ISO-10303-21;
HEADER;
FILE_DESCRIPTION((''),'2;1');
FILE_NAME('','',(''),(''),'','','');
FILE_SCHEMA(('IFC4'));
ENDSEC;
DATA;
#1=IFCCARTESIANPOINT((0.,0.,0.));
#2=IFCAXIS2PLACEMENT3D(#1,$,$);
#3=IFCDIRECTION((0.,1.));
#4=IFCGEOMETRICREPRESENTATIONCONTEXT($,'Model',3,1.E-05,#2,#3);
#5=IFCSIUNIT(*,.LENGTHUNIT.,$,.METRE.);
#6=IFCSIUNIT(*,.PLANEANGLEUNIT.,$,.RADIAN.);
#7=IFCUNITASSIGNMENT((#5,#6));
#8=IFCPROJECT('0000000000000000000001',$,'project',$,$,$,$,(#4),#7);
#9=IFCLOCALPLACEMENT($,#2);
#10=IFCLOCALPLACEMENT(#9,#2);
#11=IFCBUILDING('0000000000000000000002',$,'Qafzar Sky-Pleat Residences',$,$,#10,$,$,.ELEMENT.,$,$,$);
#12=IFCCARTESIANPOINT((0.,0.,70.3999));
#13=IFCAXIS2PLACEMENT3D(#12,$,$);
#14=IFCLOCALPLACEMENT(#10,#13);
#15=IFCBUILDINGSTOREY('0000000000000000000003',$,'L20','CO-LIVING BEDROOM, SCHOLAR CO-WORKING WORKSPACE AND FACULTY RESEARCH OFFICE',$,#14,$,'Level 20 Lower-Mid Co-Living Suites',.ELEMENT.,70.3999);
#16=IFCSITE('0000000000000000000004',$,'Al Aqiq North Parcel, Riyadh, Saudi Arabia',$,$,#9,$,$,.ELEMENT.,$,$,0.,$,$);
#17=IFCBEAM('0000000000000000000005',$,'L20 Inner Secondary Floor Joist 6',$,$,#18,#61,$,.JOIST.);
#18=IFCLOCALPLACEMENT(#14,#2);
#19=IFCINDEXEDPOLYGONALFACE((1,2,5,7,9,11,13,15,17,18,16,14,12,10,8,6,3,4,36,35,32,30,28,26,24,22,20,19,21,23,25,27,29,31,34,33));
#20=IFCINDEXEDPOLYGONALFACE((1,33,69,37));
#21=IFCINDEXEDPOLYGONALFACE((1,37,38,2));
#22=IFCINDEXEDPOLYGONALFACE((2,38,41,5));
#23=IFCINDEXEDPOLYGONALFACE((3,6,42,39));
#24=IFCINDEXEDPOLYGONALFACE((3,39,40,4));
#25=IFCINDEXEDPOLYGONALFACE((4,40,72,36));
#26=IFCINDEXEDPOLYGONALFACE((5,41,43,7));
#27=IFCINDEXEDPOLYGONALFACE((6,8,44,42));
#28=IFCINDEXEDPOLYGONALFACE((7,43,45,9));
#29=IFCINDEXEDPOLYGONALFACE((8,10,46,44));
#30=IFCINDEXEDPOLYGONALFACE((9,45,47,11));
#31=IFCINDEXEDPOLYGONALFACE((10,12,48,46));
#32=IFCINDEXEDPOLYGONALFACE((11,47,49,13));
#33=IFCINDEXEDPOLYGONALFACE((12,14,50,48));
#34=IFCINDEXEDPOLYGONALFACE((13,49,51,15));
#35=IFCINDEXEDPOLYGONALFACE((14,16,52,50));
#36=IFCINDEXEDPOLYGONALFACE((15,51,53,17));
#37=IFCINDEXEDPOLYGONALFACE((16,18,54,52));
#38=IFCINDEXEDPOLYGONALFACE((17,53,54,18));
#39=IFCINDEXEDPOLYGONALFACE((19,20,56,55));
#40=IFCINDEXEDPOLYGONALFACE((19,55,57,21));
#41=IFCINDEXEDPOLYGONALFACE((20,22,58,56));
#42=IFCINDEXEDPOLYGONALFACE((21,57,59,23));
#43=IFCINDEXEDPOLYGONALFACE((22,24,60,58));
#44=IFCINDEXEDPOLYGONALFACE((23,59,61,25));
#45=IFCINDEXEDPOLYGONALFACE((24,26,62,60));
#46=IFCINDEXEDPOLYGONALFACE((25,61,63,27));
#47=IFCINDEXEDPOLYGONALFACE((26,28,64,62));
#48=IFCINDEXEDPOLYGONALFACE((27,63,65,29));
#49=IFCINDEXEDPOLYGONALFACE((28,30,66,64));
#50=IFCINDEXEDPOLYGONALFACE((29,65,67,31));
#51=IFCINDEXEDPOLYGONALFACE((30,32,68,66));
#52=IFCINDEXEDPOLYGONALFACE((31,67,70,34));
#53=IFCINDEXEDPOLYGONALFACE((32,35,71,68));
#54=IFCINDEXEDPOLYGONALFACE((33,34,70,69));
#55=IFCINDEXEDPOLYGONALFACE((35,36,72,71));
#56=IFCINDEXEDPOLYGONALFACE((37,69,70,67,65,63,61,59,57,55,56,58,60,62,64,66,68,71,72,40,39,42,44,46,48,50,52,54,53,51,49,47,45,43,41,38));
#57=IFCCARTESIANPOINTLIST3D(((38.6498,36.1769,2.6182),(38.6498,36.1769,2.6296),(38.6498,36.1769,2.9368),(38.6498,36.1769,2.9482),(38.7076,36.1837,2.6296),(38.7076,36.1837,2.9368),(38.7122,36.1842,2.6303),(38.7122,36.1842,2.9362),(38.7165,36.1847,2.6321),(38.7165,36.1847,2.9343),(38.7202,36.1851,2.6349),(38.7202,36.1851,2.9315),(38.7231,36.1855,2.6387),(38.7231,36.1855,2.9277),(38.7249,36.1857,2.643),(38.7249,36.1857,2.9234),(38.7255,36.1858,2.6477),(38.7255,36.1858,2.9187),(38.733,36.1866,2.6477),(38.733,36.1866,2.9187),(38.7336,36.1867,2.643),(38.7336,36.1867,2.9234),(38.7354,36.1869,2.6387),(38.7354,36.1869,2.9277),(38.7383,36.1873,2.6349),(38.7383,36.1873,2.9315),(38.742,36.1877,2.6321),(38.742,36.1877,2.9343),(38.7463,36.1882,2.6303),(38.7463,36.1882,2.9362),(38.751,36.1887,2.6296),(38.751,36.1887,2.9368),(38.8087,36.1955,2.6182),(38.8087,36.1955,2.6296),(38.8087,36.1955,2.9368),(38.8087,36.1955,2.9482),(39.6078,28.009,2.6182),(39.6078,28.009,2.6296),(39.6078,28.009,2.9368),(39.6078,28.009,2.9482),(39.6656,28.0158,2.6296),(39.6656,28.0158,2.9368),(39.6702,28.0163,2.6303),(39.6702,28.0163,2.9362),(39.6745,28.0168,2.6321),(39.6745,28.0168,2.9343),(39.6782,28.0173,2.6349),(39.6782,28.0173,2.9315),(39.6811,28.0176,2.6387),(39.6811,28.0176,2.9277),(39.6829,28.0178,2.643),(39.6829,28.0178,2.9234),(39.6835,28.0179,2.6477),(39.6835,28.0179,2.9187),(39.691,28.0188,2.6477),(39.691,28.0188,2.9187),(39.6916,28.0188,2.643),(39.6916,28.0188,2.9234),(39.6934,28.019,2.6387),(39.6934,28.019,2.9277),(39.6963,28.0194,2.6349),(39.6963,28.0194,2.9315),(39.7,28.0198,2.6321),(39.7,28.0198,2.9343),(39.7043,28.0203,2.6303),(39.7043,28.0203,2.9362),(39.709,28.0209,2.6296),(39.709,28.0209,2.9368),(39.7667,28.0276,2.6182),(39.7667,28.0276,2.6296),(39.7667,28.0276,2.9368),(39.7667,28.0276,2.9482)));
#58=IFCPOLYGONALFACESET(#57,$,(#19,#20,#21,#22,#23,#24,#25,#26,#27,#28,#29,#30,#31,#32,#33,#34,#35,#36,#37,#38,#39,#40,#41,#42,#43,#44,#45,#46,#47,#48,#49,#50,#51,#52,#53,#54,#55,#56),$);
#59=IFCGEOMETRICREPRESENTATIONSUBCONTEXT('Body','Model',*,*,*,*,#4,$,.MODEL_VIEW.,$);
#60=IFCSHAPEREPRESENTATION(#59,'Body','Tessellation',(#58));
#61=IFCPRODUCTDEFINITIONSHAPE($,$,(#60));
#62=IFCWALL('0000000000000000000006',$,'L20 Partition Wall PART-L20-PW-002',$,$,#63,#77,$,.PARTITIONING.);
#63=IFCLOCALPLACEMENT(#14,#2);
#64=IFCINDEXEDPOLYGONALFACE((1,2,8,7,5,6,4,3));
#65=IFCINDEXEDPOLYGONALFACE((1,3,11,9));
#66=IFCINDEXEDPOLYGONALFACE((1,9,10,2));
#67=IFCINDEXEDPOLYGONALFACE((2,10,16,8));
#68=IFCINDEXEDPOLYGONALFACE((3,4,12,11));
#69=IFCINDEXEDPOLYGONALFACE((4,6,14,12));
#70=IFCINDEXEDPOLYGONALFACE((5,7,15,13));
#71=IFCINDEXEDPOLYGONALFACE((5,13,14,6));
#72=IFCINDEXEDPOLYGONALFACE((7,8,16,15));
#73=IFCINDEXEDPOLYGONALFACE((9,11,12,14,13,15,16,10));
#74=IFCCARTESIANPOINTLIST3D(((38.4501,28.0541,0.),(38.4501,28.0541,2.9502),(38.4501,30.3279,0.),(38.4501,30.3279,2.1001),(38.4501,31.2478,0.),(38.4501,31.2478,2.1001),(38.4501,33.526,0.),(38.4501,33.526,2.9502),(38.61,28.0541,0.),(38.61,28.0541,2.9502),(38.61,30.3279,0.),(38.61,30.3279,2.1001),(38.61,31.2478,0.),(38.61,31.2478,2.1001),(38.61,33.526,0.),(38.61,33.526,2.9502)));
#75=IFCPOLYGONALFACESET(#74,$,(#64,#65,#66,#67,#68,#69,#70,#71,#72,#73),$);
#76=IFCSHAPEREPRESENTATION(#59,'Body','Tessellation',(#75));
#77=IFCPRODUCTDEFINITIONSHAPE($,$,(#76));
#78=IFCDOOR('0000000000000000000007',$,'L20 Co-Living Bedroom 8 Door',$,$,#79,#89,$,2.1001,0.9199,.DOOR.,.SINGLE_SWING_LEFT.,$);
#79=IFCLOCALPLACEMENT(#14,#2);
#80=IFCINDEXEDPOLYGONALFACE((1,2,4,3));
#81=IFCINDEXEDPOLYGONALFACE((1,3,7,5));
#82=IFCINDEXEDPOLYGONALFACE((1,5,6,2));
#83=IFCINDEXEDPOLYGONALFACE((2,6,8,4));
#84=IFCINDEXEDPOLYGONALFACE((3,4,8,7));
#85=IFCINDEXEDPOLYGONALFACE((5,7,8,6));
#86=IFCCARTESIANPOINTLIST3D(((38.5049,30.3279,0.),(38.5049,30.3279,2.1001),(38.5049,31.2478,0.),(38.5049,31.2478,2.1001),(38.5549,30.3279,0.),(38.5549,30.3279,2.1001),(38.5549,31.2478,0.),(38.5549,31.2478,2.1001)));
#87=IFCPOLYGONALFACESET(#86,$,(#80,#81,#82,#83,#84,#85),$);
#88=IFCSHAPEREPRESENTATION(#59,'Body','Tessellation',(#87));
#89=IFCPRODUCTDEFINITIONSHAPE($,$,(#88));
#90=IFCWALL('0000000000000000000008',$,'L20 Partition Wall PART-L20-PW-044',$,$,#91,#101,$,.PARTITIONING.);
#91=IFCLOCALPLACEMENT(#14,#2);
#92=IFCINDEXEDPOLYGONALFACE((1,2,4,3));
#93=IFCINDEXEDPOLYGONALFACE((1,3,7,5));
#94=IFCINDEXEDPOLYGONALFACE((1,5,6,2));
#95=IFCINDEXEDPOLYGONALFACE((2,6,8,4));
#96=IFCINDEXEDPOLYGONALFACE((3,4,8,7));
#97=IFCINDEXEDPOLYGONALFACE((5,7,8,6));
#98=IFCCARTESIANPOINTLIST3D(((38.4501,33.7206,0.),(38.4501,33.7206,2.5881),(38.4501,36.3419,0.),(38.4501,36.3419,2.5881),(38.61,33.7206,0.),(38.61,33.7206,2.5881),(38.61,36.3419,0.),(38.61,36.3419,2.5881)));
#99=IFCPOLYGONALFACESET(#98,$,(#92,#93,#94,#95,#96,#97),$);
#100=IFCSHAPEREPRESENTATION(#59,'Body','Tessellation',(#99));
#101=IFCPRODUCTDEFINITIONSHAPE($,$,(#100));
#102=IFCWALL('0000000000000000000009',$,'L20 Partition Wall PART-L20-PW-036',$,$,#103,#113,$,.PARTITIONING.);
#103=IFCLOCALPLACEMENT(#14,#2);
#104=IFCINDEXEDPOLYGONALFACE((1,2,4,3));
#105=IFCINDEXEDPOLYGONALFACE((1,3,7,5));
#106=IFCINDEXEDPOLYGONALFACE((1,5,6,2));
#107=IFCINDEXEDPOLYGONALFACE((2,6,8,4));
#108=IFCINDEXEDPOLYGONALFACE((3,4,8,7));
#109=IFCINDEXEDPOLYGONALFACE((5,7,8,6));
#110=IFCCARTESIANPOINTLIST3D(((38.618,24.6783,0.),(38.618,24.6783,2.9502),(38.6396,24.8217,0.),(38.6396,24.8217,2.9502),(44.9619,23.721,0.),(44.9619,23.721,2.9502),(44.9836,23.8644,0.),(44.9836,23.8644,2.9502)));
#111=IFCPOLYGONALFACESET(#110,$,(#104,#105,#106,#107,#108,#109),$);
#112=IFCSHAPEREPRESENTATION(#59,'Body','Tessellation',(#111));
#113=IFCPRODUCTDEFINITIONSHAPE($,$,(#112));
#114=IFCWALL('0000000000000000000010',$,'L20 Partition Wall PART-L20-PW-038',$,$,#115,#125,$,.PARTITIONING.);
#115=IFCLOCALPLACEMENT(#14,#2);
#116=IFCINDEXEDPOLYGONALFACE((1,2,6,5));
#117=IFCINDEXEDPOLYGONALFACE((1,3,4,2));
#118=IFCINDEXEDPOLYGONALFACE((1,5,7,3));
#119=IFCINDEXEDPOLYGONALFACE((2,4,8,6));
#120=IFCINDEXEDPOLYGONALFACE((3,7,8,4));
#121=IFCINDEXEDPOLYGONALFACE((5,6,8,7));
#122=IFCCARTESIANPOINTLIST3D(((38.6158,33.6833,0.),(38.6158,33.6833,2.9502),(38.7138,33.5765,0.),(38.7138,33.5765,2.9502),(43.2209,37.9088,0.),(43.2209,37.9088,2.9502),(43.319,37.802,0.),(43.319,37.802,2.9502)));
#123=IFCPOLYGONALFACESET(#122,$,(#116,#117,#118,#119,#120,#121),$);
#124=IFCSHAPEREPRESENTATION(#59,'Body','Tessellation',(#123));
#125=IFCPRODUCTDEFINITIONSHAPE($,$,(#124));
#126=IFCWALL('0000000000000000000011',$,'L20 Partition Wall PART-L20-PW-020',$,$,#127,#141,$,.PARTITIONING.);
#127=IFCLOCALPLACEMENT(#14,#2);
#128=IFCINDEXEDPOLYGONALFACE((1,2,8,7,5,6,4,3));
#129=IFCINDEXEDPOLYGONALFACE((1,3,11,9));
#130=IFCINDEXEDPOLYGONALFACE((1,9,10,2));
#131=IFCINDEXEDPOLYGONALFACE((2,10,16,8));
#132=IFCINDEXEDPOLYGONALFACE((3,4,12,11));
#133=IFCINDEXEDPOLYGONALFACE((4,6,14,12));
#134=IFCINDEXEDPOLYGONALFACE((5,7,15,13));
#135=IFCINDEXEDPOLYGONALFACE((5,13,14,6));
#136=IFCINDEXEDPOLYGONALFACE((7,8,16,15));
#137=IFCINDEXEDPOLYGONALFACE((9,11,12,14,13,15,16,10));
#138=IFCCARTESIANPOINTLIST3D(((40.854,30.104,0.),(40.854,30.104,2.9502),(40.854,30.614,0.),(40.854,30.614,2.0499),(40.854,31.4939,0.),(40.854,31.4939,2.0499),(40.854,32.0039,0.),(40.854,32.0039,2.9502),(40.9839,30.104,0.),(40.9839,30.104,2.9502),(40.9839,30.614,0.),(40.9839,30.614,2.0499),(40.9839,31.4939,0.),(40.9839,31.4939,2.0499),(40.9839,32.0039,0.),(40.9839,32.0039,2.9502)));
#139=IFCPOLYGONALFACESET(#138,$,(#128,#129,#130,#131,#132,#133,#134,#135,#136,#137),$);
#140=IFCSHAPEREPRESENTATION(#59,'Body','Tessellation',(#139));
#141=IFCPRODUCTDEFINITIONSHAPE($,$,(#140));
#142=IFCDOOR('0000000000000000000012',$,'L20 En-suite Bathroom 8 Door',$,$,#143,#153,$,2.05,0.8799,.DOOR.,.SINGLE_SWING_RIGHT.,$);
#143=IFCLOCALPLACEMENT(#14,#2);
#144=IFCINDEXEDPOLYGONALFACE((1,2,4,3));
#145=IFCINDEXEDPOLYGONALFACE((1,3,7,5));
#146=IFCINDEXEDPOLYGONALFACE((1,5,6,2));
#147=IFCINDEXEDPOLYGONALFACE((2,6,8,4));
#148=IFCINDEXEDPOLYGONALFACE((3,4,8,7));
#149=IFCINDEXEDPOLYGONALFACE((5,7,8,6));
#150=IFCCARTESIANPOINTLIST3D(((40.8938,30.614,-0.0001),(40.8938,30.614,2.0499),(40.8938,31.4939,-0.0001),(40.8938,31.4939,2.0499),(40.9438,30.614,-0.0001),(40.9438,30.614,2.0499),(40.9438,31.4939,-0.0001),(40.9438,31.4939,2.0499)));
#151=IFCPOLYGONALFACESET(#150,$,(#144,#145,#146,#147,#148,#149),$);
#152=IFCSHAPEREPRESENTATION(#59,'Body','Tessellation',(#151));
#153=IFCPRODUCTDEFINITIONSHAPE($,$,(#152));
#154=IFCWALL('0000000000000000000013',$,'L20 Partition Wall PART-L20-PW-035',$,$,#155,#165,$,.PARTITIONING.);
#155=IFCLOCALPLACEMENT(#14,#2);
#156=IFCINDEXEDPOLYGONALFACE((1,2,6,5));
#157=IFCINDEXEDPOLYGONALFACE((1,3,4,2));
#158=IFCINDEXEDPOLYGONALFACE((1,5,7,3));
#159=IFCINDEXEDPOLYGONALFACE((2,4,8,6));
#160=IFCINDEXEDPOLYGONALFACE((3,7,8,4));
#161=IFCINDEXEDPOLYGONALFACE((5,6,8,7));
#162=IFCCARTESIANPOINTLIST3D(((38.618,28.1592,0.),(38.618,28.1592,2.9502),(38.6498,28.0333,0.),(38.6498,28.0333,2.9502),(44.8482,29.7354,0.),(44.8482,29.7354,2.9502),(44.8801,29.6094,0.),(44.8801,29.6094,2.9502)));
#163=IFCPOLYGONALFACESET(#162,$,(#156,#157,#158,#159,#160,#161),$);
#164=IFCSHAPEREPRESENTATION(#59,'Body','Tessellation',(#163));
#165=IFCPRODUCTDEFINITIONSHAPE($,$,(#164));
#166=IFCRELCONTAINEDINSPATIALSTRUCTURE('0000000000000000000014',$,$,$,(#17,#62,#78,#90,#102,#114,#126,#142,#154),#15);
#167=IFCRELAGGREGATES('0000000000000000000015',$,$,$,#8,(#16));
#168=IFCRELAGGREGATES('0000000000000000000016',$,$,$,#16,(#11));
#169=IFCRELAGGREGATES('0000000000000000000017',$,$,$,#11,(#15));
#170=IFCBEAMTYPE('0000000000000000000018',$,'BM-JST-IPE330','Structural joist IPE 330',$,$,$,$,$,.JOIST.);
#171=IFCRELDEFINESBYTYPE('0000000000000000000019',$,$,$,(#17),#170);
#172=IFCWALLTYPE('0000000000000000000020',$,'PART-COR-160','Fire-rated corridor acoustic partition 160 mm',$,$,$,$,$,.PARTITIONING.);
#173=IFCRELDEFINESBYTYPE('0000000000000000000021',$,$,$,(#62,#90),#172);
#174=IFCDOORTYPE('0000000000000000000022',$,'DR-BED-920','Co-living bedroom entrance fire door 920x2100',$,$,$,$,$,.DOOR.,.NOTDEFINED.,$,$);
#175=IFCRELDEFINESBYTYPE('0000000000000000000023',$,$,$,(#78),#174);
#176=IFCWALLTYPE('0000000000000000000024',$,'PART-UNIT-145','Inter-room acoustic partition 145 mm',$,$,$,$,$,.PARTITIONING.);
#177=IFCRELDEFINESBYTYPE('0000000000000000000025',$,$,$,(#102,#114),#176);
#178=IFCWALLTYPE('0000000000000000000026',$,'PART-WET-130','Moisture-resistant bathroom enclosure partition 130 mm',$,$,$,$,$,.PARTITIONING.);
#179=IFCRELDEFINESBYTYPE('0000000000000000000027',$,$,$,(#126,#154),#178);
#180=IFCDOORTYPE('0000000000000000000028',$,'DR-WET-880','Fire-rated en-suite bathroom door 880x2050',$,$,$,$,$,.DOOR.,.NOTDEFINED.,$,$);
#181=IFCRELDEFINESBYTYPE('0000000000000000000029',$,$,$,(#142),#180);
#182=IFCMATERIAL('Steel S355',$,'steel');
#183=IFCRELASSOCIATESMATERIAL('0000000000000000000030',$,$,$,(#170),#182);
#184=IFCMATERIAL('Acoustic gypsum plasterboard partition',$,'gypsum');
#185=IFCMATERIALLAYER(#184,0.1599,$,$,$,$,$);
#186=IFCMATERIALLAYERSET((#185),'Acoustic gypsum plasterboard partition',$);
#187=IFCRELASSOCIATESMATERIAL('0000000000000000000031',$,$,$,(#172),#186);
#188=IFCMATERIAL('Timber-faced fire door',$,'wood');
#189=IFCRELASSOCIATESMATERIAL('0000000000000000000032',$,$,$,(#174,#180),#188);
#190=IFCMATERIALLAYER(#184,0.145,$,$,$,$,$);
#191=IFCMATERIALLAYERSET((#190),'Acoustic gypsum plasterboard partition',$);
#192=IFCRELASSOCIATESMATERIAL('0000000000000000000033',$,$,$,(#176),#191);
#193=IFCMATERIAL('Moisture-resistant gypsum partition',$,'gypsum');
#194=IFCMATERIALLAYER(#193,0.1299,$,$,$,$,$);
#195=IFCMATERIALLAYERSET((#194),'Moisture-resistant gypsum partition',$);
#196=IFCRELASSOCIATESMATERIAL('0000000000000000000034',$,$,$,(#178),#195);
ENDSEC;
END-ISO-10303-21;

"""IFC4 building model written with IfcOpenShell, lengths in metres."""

from ifc_helpers import new_model, si_unit, direction, frame, frame_2d, origin, origin_2d, place, context, subcontext, project, spatial, rectangle, i_section, extrude, source, transform, mapped, material, layer, layer_set, material_profile, profile_set, type_object, element, fill, save


model = new_model("IFC4")

# Units and contexts
model_context = context("Model", 3, precision=1e-05, world=origin(), true_north=direction((0.0, 1.0)))
body_context = subcontext(model_context, "Body", "Model", "MODEL_VIEW")
ifc_project = project(units=[si_unit("LENGTHUNIT", "METRE"), si_unit("PLANEANGLEUNIT", "RADIAN")], contexts=[model_context])

# Site, building, storey
site_placement = place(None, origin())
site = spatial("IfcSite", under=ifc_project, at=site_placement, Name="Al Aqiq North Parcel, Riyadh, Saudi Arabia", CompositionType="ELEMENT", RefElevation=0.0)
building_placement = place(site_placement, origin())
building = spatial("IfcBuilding", under=site, at=building_placement, Name="Qafzar Sky-Pleat Residences", CompositionType="ELEMENT")
storey_placement = place(building_placement, frame((0.0, 0.0, 70.3999)))
storey = spatial("IfcBuildingStorey", under=building, at=storey_placement, Name="L20", Description="CO-LIVING BEDROOM, SCHOLAR CO-WORKING WORKSPACE AND FACULTY RESEARCH OFFICE", LongName="Level 20 Lower-Mid Co-Living Suites", CompositionType="ELEMENT", Elevation=70.3999)

# Beam
ifc_material_1 = material(Name="Steel S355", Category="steel")
ifc_material_profile_1 = material_profile(ifc_material_1, i_section(OverallWidth=0.1599, OverallDepth=0.3301, WebThickness=0.0076, FlangeThickness=0.0115, FilletRadius=0.0181, at=origin_2d()), Name="IPE 330")
ifc_profile_set_1 = profile_set([ifc_material_profile_1], Name="Steel S355")
beam_type_1 = type_object("IfcBeamType", Name="BM-JST-IPE330", Description="Structural joist IPE 330", PredefinedType="JOIST", material=ifc_profile_set_1)
shared_shape_1 = source(origin(), body_context, "Body", "SweptSolid", [
    extrude(i_section(OverallWidth=0.1599, OverallDepth=0.3301, WebThickness=0.0076, FlangeThickness=0.0115, FilletRadius=0.0181, at=origin_2d()), origin(), (0.0, 0.0, 1.0), 8.2239),
])
beam_1_placement = place(storey_placement, frame((39.6873, 28.0183, 2.7832), z_axis=(-0.11649, 0.993192, 0.0), x_axis=(-0.993192, -0.11649, 0.0)))
element("IfcBeam", 1, at=beam_1_placement, inside=storey, type_object=beam_type_1, Name="L20 Inner Secondary Floor Joist 6", PredefinedType="JOIST", context=body_context, shape_type="MappedRepresentation", body=[
    mapped(shared_shape_1, transform((0.0, 0.0, 0.0), x_axis=(1.0, 0.0, 0.0), y_axis=(0.0, 1.0, 0.0), z_axis=(0.0, 0.0, 1.0), scale=1.0)),
])

# Wall, opening, door
ifc_material_2 = material(Name="Acoustic gypsum plasterboard partition", Category="gypsum")
ifc_layer_1 = layer(ifc_material_2, 0.1599)
ifc_layer_set_1 = layer_set([ifc_layer_1], Name="Acoustic gypsum plasterboard partition")
wall_type_1 = type_object("IfcWallType", Name="PART-COR-160", Description="Fire-rated corridor acoustic partition 160 mm", PredefinedType="PARTITIONING", material=ifc_layer_set_1)
wall_1_placement = place(storey_placement, frame((38.53, 33.5259, 0.0), z_axis=(0.0, 0.0, 1.0), x_axis=(0.0, -1.0, 0.0)))
wall_1 = element("IfcWall", 2, at=wall_1_placement, inside=storey, type_object=wall_type_1, Name="L20 Partition Wall PART-L20-PW-002", PredefinedType="PARTITIONING", context=body_context, shape_type="SweptSolid", body=[
    extrude(rectangle(XDim=5.4719, YDim=0.1599, at=frame_2d((2.7358, 0.0))), origin(), (0.0, 0.0, 1.0), 2.9502),
])
opening_1_placement = place(wall_1_placement, frame((2.2781, 0.0, 0.0)))
opening_1 = element("IfcOpeningElement", 3, at=opening_1_placement, cuts=wall_1, PredefinedType="OPENING", context=body_context, shape_type="SweptSolid", body=[
    extrude(rectangle(XDim=0.9199, YDim=2.1001, at=frame_2d((0.46, 1.05))), frame((0.0, 0.0898, 0.0), z_axis=(0.0, -1.0, 0.0), x_axis=(1.0, 0.0, 0.0)), (0.0, 0.0, 1.0), 0.1799),
])
ifc_material_3 = material(Name="Timber-faced fire door", Category="wood")
door_type_1 = type_object("IfcDoorType", Name="DR-BED-920", Description="Co-living bedroom entrance fire door 920x2100", OperationType="NOTDEFINED", PredefinedType="DOOR", material=ifc_material_3)
shared_shape_2 = source(origin(), body_context, "Body", "SweptSolid", [
    extrude(rectangle(XDim=0.9199, YDim=2.1001, at=frame_2d((0.46, 1.05))), frame((0.0, 0.0249, 0.0), z_axis=(0.0, -1.0, 0.0), x_axis=(1.0, 0.0, 0.0)), (0.0, 0.0, 1.0), 0.05),
])
door_1_placement = place(opening_1_placement, origin())
door_1 = element("IfcDoor", 4, at=door_1_placement, inside=storey, type_object=door_type_1, Name="L20 Co-Living Bedroom 8 Door", OperationType="SINGLE_SWING_LEFT", OverallHeight=2.1001, OverallWidth=0.9199, PredefinedType="DOOR", context=body_context, shape_type="MappedRepresentation", body=[
    mapped(shared_shape_2, transform((0.0, 0.0, 0.0), x_axis=(1.0, 0.0, 0.0), y_axis=(0.0, 1.0, 0.0), z_axis=(0.0, 0.0, 1.0), scale=1.0)),
])
fill(opening_1, door_1)

# Walls
wall_2_placement = place(storey_placement, frame((38.53, 33.7207, 0.0), z_axis=(0.0, 0.0, 1.0), x_axis=(0.0, 1.0, 0.0)))
element("IfcWall", 5, at=wall_2_placement, inside=storey, type_object=wall_type_1, Name="L20 Partition Wall PART-L20-PW-044", PredefinedType="PARTITIONING", context=body_context, shape_type="SweptSolid", body=[
    extrude(rectangle(XDim=2.6213, YDim=0.1599, at=frame_2d((1.3105, 0.0))), origin(), (0.0, 0.0, 1.0), 2.5881),
])
ifc_layer_2 = layer(ifc_material_2, 0.145)
ifc_layer_set_2 = layer_set([ifc_layer_2], Name="Acoustic gypsum plasterboard partition")
wall_type_2 = type_object("IfcWallType", Name="PART-UNIT-145", Description="Inter-room acoustic partition 145 mm", PredefinedType="PARTITIONING", material=ifc_layer_set_2)
wall_3_placement = place(storey_placement, frame((38.6287, 24.75, 0.0), z_axis=(0.0, 0.0, 1.0), x_axis=(0.988806, -0.149206, 0.0)))
element("IfcWall", 6, at=wall_3_placement, inside=storey, type_object=wall_type_2, Name="L20 Partition Wall PART-L20-PW-036", PredefinedType="PARTITIONING", context=body_context, shape_type="SweptSolid", body=[
    extrude(rectangle(XDim=6.4158, YDim=0.145, at=frame_2d((3.208, 0.0))), origin(), (0.0, 0.0, 1.0), 2.9502),
])
wall_4_placement = place(storey_placement, frame((38.6648, 33.6299, 0.0), z_axis=(0.0, 0.0, 1.0), x_axis=(0.736825, 0.676084, 0.0)))
element("IfcWall", 7, at=wall_4_placement, inside=storey, type_object=wall_type_2, Name="L20 Partition Wall PART-L20-PW-038", PredefinedType="PARTITIONING", context=body_context, shape_type="SweptSolid", body=[
    extrude(rectangle(XDim=6.25, YDim=0.145, at=frame_2d((3.125, 0.0))), origin(), (0.0, 0.0, 1.0), 2.9502),
])

# Wall, opening, door
ifc_material_4 = material(Name="Moisture-resistant gypsum partition", Category="gypsum")
ifc_layer_3 = layer(ifc_material_4, 0.1299)
ifc_layer_set_3 = layer_set([ifc_layer_3], Name="Moisture-resistant gypsum partition")
wall_type_3 = type_object("IfcWallType", Name="PART-WET-130", Description="Moisture-resistant bathroom enclosure partition 130 mm", PredefinedType="PARTITIONING", material=ifc_layer_set_3)
wall_5_placement = place(storey_placement, frame((40.9189, 32.0039, 0.0), z_axis=(0.0, 0.0, 1.0), x_axis=(0.0, -1.0, 0.0)))
wall_5 = element("IfcWall", 8, at=wall_5_placement, inside=storey, type_object=wall_type_3, Name="L20 Partition Wall PART-L20-PW-020", PredefinedType="PARTITIONING", context=body_context, shape_type="SweptSolid", body=[
    extrude(rectangle(XDim=1.8999, YDim=0.1299, at=frame_2d((0.95, 0.0))), origin(), (0.0, 0.0, 1.0), 2.9502),
])
opening_2_placement = place(wall_5_placement, frame((0.51, 0.0, 0.0)))
opening_2 = element("IfcOpeningElement", 9, at=opening_2_placement, cuts=wall_5, PredefinedType="OPENING", context=body_context, shape_type="SweptSolid", body=[
    extrude(rectangle(XDim=0.8799, YDim=2.05, at=frame_2d((0.4399, 1.0249))), frame((0.0, 0.075, 0.0), z_axis=(0.0, -1.0, 0.0), x_axis=(1.0, 0.0, 0.0)), (0.0, 0.0, 1.0), 0.1499),
])
door_type_2 = type_object("IfcDoorType", Name="DR-WET-880", Description="Fire-rated en-suite bathroom door 880x2050", OperationType="NOTDEFINED", PredefinedType="DOOR", material=ifc_material_3)
shared_shape_3 = source(origin(), body_context, "Body", "SweptSolid", [
    extrude(rectangle(XDim=0.8799, YDim=2.05, at=frame_2d((0.4399, 1.0249))), frame((0.0, 0.0249, 0.0), z_axis=(0.0, -1.0, 0.0), x_axis=(1.0, 0.0, 0.0)), (0.0, 0.0, 1.0), 0.05),
])
door_2_placement = place(opening_2_placement, origin())
door_2 = element("IfcDoor", 10, at=door_2_placement, inside=storey, type_object=door_type_2, Name="L20 En-suite Bathroom 8 Door", OperationType="SINGLE_SWING_RIGHT", OverallHeight=2.05, OverallWidth=0.8799, PredefinedType="DOOR", context=body_context, shape_type="MappedRepresentation", body=[
    mapped(shared_shape_3, transform((0.0, 0.0, 0.0), x_axis=(1.0, 0.0, 0.0), y_axis=(0.0, 1.0, 0.0), z_axis=(0.0, 0.0, 1.0), scale=1.0)),
])
fill(opening_2, door_2)

# Wall
wall_6_placement = place(storey_placement, frame((38.6338, 28.0962, 0.0), z_axis=(0.0, 0.0, 1.0), x_axis=(0.969457, 0.245261, 0.0)))
element("IfcWall", 11, at=wall_6_placement, inside=storey, type_object=wall_type_3, Name="L20 Partition Wall PART-L20-PW-035", PredefinedType="PARTITIONING", context=body_context, shape_type="SweptSolid", body=[
    extrude(rectangle(XDim=6.4265, YDim=0.1299, at=frame_2d((3.2134, 0.0))), origin(), (0.0, 0.0, 1.0), 2.9502),
])

save(model, "model.ifc")
